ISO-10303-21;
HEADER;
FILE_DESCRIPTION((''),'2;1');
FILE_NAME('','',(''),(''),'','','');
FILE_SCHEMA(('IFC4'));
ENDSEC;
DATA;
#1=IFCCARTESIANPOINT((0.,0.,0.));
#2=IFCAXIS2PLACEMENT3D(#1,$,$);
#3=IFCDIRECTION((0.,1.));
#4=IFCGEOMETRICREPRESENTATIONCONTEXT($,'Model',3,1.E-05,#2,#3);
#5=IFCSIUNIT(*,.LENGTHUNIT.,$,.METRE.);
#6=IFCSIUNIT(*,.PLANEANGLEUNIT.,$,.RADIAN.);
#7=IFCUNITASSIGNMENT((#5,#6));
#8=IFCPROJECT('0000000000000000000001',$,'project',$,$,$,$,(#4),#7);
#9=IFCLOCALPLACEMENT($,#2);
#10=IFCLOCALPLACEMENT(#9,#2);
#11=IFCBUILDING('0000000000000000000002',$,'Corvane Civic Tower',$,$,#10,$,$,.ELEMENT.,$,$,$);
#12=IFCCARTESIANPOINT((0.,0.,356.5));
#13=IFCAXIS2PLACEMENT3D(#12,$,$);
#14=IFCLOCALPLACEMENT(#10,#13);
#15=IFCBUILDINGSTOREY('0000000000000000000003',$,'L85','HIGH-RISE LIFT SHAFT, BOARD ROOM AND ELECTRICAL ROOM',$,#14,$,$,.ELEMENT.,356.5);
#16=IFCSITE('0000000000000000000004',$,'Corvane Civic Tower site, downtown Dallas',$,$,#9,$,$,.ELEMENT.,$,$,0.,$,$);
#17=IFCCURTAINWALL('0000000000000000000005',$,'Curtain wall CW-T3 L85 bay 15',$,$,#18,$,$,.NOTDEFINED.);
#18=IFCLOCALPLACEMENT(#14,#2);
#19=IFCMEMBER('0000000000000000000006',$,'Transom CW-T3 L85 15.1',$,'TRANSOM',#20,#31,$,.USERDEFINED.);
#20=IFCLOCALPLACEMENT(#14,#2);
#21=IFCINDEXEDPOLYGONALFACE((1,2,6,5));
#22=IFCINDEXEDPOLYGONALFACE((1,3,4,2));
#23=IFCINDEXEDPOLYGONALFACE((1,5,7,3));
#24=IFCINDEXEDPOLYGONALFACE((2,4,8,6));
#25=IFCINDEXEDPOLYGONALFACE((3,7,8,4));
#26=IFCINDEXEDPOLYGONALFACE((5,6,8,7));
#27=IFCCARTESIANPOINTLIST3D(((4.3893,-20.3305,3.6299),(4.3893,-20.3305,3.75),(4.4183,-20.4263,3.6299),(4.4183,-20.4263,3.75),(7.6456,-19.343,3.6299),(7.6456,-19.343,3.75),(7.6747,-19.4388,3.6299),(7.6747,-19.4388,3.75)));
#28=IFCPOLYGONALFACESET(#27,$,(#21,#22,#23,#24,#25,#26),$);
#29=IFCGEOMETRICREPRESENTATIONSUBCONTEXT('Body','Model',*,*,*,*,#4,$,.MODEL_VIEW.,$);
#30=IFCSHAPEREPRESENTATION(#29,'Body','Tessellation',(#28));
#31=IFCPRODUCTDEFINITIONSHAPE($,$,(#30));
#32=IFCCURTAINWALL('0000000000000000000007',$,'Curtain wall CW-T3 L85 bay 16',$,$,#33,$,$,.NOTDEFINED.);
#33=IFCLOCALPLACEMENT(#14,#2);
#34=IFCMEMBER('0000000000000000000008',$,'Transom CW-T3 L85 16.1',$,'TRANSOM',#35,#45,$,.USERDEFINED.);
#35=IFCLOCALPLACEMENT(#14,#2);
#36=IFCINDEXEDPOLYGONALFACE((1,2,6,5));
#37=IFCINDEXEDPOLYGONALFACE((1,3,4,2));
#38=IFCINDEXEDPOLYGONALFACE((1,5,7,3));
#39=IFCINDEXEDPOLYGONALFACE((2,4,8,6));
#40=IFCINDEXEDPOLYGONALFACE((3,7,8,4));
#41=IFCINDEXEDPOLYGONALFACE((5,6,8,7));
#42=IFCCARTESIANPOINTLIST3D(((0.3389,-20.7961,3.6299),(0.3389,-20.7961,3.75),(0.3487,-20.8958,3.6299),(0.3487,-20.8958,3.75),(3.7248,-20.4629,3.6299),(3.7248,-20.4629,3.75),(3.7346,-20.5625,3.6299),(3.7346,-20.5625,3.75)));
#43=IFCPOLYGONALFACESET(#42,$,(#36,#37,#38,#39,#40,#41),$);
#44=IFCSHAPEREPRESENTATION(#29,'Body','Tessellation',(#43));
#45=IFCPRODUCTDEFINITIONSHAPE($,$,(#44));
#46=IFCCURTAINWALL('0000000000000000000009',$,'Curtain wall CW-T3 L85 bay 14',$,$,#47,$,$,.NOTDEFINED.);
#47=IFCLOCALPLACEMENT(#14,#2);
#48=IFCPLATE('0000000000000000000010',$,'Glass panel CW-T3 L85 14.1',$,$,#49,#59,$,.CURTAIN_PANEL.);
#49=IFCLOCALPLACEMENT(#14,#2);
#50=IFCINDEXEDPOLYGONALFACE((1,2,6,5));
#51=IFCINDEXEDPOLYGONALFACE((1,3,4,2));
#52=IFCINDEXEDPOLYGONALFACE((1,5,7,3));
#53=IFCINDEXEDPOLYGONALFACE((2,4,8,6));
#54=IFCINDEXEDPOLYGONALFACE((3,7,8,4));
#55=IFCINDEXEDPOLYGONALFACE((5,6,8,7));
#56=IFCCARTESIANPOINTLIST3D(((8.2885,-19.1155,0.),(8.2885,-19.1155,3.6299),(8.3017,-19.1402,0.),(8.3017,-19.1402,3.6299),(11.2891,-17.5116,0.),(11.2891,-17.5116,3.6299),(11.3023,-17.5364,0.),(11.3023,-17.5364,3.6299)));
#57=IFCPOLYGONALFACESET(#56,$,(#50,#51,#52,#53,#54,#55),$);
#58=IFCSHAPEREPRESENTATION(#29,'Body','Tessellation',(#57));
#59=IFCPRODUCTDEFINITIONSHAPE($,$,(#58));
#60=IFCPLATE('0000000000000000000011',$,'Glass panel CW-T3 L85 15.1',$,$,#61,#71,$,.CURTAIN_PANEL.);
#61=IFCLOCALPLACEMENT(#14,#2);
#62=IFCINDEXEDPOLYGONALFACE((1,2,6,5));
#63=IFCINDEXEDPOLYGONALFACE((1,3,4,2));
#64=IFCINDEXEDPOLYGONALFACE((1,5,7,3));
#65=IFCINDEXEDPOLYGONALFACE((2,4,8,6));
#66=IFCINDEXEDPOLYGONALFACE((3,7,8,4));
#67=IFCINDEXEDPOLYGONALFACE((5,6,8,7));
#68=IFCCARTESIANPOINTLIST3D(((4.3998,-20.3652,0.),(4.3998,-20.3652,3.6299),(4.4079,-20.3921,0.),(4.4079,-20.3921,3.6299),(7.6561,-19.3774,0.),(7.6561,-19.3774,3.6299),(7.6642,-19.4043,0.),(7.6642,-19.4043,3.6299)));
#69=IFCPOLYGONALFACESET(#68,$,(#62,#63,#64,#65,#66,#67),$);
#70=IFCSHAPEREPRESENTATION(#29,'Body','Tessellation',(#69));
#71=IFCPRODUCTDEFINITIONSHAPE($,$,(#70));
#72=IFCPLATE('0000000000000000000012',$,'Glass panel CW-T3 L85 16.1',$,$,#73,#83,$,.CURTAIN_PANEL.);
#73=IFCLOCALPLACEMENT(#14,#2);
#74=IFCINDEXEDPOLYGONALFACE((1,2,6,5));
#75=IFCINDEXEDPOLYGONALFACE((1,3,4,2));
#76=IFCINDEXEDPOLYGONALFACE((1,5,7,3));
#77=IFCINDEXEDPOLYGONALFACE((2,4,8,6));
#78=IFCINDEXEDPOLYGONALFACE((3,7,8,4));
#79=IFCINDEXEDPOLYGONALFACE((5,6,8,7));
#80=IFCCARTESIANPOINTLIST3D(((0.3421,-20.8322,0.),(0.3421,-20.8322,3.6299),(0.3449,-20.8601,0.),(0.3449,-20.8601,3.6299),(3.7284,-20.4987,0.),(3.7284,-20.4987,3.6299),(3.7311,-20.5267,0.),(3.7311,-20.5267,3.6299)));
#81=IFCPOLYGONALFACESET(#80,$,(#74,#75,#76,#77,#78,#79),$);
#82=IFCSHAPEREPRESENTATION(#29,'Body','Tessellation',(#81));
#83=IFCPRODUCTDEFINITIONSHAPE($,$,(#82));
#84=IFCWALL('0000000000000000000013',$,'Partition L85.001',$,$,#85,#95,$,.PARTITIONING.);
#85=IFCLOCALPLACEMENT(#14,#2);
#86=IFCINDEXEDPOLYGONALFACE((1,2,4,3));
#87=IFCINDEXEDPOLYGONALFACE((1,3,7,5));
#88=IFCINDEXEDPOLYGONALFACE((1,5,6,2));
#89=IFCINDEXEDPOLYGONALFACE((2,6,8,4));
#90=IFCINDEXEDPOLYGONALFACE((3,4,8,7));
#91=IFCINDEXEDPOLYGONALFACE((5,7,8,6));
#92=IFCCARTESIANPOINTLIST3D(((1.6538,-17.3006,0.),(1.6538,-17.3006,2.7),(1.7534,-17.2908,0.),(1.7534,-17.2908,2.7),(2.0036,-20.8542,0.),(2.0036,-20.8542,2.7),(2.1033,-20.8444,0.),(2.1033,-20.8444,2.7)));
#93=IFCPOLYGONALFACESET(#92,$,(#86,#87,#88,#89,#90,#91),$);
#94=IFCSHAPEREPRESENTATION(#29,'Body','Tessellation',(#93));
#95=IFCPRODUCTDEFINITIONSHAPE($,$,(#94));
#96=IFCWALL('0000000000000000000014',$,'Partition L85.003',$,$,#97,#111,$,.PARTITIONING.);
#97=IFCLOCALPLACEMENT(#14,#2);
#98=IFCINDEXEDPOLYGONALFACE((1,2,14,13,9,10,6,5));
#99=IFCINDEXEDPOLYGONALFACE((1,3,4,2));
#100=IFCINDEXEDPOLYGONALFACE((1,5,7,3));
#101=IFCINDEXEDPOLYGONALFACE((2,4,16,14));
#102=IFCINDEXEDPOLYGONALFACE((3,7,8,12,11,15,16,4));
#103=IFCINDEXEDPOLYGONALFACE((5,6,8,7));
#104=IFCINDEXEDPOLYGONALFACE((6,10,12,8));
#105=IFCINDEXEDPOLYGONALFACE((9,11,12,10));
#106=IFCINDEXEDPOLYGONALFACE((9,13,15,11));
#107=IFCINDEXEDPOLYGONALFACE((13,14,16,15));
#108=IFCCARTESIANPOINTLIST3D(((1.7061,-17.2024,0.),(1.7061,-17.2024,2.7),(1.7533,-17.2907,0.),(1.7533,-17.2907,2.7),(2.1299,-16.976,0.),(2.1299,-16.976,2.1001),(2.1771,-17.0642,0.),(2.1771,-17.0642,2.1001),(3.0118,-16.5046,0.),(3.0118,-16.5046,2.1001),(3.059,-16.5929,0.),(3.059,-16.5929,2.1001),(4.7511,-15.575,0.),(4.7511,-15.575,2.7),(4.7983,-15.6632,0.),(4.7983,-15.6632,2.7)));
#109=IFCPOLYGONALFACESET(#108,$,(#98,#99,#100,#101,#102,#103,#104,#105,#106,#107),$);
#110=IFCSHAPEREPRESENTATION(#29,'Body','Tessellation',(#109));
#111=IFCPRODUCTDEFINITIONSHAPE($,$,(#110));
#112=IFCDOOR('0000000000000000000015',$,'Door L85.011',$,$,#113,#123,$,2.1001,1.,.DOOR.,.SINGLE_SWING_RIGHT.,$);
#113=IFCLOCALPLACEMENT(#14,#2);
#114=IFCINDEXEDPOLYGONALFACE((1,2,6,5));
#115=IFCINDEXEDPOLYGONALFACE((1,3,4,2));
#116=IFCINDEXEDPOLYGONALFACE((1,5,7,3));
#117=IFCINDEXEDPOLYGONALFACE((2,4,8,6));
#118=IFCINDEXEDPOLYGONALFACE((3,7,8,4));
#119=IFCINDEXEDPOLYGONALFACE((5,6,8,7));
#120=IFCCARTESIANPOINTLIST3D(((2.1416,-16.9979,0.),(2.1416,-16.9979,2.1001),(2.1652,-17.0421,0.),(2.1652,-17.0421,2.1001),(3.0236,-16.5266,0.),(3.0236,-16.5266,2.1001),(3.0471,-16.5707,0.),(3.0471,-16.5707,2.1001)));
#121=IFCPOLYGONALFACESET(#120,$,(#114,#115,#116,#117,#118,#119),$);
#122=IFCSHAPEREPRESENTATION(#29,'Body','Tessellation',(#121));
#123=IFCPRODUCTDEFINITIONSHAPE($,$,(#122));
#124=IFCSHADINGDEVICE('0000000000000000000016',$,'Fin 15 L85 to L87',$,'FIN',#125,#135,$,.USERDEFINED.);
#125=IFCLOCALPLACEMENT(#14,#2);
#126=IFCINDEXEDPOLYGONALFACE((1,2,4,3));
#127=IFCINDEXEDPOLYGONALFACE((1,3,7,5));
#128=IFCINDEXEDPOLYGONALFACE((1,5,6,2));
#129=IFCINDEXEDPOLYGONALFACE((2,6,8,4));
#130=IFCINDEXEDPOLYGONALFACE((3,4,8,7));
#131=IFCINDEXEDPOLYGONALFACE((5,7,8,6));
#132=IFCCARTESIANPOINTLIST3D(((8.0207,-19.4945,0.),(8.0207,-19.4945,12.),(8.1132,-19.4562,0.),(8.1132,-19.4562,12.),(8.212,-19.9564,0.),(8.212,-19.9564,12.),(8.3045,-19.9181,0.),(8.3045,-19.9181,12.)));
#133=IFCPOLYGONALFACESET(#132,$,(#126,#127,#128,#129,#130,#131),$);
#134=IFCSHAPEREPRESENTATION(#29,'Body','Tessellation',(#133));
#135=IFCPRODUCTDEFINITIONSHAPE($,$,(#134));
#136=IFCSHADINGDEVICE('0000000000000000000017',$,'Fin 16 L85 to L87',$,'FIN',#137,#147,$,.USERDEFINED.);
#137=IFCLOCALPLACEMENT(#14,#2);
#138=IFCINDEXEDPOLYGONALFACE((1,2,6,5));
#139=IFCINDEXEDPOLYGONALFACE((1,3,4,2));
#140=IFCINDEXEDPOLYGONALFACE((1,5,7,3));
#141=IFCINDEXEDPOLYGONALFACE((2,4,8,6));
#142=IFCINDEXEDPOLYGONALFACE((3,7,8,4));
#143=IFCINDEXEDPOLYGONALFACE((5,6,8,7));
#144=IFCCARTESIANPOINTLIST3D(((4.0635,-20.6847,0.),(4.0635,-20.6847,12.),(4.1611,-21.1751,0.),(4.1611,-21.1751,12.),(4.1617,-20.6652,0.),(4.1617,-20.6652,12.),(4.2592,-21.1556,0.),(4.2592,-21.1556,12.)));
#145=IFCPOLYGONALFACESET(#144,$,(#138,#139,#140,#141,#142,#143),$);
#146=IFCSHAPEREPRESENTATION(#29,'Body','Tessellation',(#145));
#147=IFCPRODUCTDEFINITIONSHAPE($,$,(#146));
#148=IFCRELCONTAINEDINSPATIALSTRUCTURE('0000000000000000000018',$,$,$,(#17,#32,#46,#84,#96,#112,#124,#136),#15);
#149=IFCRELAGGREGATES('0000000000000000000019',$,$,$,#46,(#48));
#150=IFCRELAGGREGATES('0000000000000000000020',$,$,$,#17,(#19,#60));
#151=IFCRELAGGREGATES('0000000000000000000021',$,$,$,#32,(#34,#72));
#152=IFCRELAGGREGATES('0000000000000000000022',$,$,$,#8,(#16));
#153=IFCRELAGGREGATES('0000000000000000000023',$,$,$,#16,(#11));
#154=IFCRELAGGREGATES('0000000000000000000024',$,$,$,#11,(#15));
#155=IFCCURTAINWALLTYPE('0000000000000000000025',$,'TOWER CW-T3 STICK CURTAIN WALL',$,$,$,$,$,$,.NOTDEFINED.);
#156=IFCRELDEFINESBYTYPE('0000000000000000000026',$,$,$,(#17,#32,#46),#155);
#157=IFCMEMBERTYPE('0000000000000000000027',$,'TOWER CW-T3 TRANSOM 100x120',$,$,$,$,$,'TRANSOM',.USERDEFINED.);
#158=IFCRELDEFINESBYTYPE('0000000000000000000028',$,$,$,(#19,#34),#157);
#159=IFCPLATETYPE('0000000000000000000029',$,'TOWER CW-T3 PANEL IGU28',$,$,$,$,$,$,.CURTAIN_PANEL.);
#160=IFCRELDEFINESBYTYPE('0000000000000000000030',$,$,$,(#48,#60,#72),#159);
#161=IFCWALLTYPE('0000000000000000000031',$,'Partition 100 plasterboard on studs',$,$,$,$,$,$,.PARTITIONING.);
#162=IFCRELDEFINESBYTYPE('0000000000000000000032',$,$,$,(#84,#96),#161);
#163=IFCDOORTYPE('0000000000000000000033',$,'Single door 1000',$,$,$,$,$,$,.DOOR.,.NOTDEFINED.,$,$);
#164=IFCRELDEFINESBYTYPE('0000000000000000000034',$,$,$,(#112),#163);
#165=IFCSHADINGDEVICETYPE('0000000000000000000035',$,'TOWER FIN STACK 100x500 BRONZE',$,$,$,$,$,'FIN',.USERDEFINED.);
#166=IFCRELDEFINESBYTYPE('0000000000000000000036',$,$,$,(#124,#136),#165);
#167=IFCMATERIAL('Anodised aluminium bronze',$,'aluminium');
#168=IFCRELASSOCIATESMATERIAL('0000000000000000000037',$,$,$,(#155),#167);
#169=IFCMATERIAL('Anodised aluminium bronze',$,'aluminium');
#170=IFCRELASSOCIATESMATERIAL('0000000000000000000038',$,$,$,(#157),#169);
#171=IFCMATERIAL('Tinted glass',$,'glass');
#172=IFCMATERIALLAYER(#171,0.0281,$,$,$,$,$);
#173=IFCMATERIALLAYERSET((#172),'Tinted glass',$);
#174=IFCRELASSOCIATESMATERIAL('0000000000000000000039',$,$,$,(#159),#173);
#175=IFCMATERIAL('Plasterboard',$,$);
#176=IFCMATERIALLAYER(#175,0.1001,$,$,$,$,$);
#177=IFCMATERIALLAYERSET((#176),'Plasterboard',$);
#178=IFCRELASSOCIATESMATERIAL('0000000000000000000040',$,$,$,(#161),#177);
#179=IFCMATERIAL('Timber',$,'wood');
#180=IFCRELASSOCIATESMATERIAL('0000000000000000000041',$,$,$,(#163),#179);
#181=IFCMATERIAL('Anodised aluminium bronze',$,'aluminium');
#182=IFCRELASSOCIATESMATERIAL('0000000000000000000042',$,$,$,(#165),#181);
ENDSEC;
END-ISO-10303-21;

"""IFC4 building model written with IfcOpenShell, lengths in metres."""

from ifc_helpers import new_model, si_unit, direction, frame, frame_2d, origin, origin_2d, place, context, subcontext, project, spatial, rectangle, extrude, material, layer, layer_set, material_profile, profile_set, type_object, element, fill, aggregate, save


model = new_model("IFC4")

# Units and contexts
model_context = context("Model", 3, precision=1e-05, world=origin(), true_north=direction((0.0, 1.0)))
body_context = subcontext(model_context, "Body", "Model", "MODEL_VIEW")
ifc_project = project(units=[si_unit("LENGTHUNIT", "METRE"), si_unit("PLANEANGLEUNIT", "RADIAN")], contexts=[model_context])

# Site, building, storey
site_placement = place(None, origin())
site = spatial("IfcSite", under=ifc_project, at=site_placement, Name="Corvane Civic Tower site, downtown Dallas", CompositionType="ELEMENT", RefElevation=0.0)
building_placement = place(site_placement, origin())
building = spatial("IfcBuilding", under=site, at=building_placement, Name="Corvane Civic Tower", CompositionType="ELEMENT")
storey_placement = place(building_placement, frame((0.0, 0.0, 356.5)))
storey = spatial("IfcBuildingStorey", under=building, at=storey_placement, Name="L85", Description="HIGH-RISE LIFT SHAFT, BOARD ROOM AND ELECTRICAL ROOM", CompositionType="ELEMENT", Elevation=356.5)

# Curtain walls, members
ifc_material_1 = material(Name="Anodised aluminium bronze", Category="aluminium")
curtain_wall_type = type_object("IfcCurtainWallType", Name="TOWER CW-T3 STICK CURTAIN WALL", PredefinedType="NOTDEFINED", material=ifc_material_1)
curtain_wall_1_placement = place(storey_placement, origin())
curtain_wall_1 = element("IfcCurtainWall", 1, at=curtain_wall_1_placement, inside=storey, type_object=curtain_wall_type, Name="Curtain wall CW-T3 L85 bay 15", PredefinedType="NOTDEFINED")
ifc_material_2 = material(Name="Anodised aluminium bronze", Category="aluminium")
ifc_material_profile_1 = material_profile(ifc_material_2, rectangle(XDim=0.1001, YDim=0.1201, at=origin_2d()), Name="TOWER CW-T3 TRANSOM 100x120")
ifc_profile_set_1 = profile_set([ifc_material_profile_1], Name="Anodised aluminium bronze")
member_type = type_object("IfcMemberType", Name="TOWER CW-T3 TRANSOM 100x120", ElementType="TRANSOM", PredefinedType="USERDEFINED", material=ifc_profile_set_1)
member_1_placement = place(storey_placement, frame((7.6602, -19.3909, 3.6899), z_axis=(-0.956961, -0.290216, 0.0), x_axis=(0.290216, -0.956961, 0.0)))
member_1 = element("IfcMember", 2, at=member_1_placement, type_object=member_type, Name="Transom CW-T3 L85 15.1", ObjectType="TRANSOM", PredefinedType="USERDEFINED", context=body_context, shape_type="SweptSolid", body=[
    extrude(rectangle(XDim=0.1001, YDim=0.1201, at=origin_2d()), origin(), (0.0, 0.0, 1.0), 3.4028),
])
curtain_wall_2_placement = place(storey_placement, origin())
curtain_wall_2 = element("IfcCurtainWall", 3, at=curtain_wall_2_placement, inside=storey, type_object=curtain_wall_type, Name="Curtain wall CW-T3 L85 bay 16", PredefinedType="NOTDEFINED")
member_2_placement = place(storey_placement, frame((3.7297, -20.5127, 3.6899), z_axis=(-0.995192, -0.097948, 0.0), x_axis=(0.097948, -0.995192, 0.0)))
member_2 = element("IfcMember", 4, at=member_2_placement, type_object=member_type, Name="Transom CW-T3 L85 16.1", ObjectType="TRANSOM", PredefinedType="USERDEFINED", context=body_context, shape_type="SweptSolid", body=[
    extrude(rectangle(XDim=0.1001, YDim=0.1201, at=origin_2d()), origin(), (0.0, 0.0, 1.0), 3.4023),
])

# Curtain wall, plate
curtain_wall_3_placement = place(storey_placement, origin())
curtain_wall_3 = element("IfcCurtainWall", 5, at=curtain_wall_3_placement, inside=storey, type_object=curtain_wall_type, Name="Curtain wall CW-T3 L85 bay 14", PredefinedType="NOTDEFINED")
ifc_material_3 = material(Name="Tinted glass", Category="glass")
ifc_layer_1 = layer(ifc_material_3, 0.0281)
ifc_layer_set_1 = layer_set([ifc_layer_1], Name="Tinted glass")
plate_type = type_object("IfcPlateType", Name="TOWER CW-T3 PANEL IGU28", PredefinedType="CURTAIN_PANEL", material=ifc_layer_set_1)
plate_1_placement = place(storey_placement, frame((9.7954, -18.3259, 0.0), z_axis=(0.0, 0.0, 1.0), x_axis=(-0.881928, -0.471384, 0.0)))
plate_1 = element("IfcPlate", 6, at=plate_1_placement, type_object=plate_type, Name="Glass panel CW-T3 L85 14.1", PredefinedType="CURTAIN_PANEL", context=body_context, shape_type="SweptSolid", body=[
    extrude(rectangle(XDim=3.4023, YDim=0.0281, at=origin_2d()), origin(), (0.0, 0.0, 1.0), 3.6299),
])
aggregate(curtain_wall_3, [plate_1])

# Plates
plate_2_placement = place(storey_placement, frame((6.032, -19.8848, 0.0), z_axis=(0.0, 0.0, 1.0), x_axis=(-0.956939, -0.29029, 0.0)))
plate_2 = element("IfcPlate", 7, at=plate_2_placement, type_object=plate_type, Name="Glass panel CW-T3 L85 15.1", PredefinedType="CURTAIN_PANEL", context=body_context, shape_type="SweptSolid", body=[
    extrude(rectangle(XDim=3.4028, YDim=0.0281, at=origin_2d()), origin(), (0.0, 0.0, 1.0), 3.6299),
])
aggregate(curtain_wall_1, [member_1, plate_2])
plate_3_placement = place(storey_placement, frame((2.0366, -20.6794, 0.0), z_axis=(0.0, 0.0, 1.0), x_axis=(-0.995187, -0.097998, 0.0)))
plate_3 = element("IfcPlate", 8, at=plate_3_placement, type_object=plate_type, Name="Glass panel CW-T3 L85 16.1", PredefinedType="CURTAIN_PANEL", context=body_context, shape_type="SweptSolid", body=[
    extrude(rectangle(XDim=3.4026, YDim=0.0281, at=origin_2d()), origin(), (0.0, 0.0, 1.0), 3.6299),
])
aggregate(curtain_wall_2, [member_2, plate_3])

# Wall
ifc_material_4 = material(Name="Plasterboard")
ifc_layer_2 = layer(ifc_material_4, 0.1001)
ifc_layer_set_2 = layer_set([ifc_layer_2], Name="Plasterboard")
wall_type = type_object("IfcWallType", Name="Partition 100 plasterboard on studs", PredefinedType="PARTITIONING", material=ifc_layer_set_2)
wall_1_placement = place(storey_placement, frame((1.7036, -17.2957, 0.0), z_axis=(0.0, 0.0, 1.0), x_axis=(0.097974, -0.995189, 0.0)))
element("IfcWall", 9, at=wall_1_placement, inside=storey, type_object=wall_type, Name="Partition L85.001", PredefinedType="PARTITIONING", context=body_context, shape_type="SweptSolid", body=[
    extrude(rectangle(XDim=3.5708, YDim=0.1001, at=frame_2d((1.7854, 0.0))), origin(), (0.0, 0.0, 1.0), 2.7),
])

# Wall, opening, door
wall_2_placement = place(storey_placement, frame((1.7297, -17.2466, 0.0), z_axis=(0.0, 0.0, 1.0), x_axis=(0.881934, 0.471373, 0.0)))
wall_2 = element("IfcWall", 10, at=wall_2_placement, inside=storey, type_object=wall_type, Name="Partition L85.003", PredefinedType="PARTITIONING", context=body_context, shape_type="SweptSolid", body=[
    extrude(rectangle(XDim=3.4526, YDim=0.1001, at=frame_2d((1.7263, 0.0))), origin(), (0.0, 0.0, 1.0), 2.7),
])
opening_placement = place(wall_2_placement, frame((0.4805, 0.0, 0.0)))
opening = element("IfcOpeningElement", 11, at=opening_placement, cuts=wall_2, PredefinedType="OPENING", context=body_context, shape_type="SweptSolid", body=[
    extrude(rectangle(XDim=1.0, YDim=2.1001, at=frame_2d((0.5, 1.05))), frame((0.0, 0.0601, 0.0), z_axis=(0.0, -1.0, 0.0), x_axis=(1.0, 0.0, 0.0)), (0.0, 0.0, 1.0), 0.1201),
])
ifc_material_5 = material(Name="Timber", Category="wood")
door_type = type_object("IfcDoorType", Name="Single door 1000", OperationType="NOTDEFINED", PredefinedType="DOOR", material=ifc_material_5)
door_placement = place(opening_placement, frame((1.0, 0.0, 0.0), z_axis=(0.0, 0.0, 1.0), x_axis=(-1.0, 0.0, 0.0)))
door = element("IfcDoor", 12, at=door_placement, inside=storey, type_object=door_type, Name="Door L85.011", OperationType="SINGLE_SWING_RIGHT", OverallHeight=2.1001, OverallWidth=1.0, PredefinedType="DOOR", context=body_context, shape_type="SweptSolid", body=[
    extrude(rectangle(XDim=1.0, YDim=2.1001, at=frame_2d((0.5, 1.05))), frame((0.0, 0.0249, 0.0), z_axis=(0.0, -1.0, 0.0), x_axis=(1.0, 0.0, 0.0)), (0.0, 0.0, 1.0), 0.05),
])
fill(opening, door)

# Shading devices
ifc_material_6 = material(Name="Anodised aluminium bronze", Category="aluminium")
ifc_material_profile_2 = material_profile(ifc_material_6, rectangle(XDim=0.1001, YDim=0.5, at=origin_2d()), Name="TOWER FIN STACK 100x500 BRONZE")
ifc_profile_set_2 = profile_set([ifc_material_profile_2], Name="Anodised aluminium bronze")
shading_device_type = type_object("IfcShadingDeviceType", Name="TOWER FIN STACK 100x500 BRONZE", ElementType="FIN", PredefinedType="USERDEFINED", material=ifc_profile_set_2)
for number, where, z_axis, x_axis, name in (
    (13, (8.1626, -19.7063, 0.0), (0.0, 0.0, 1.0), (-0.92388, -0.382683, 0.0), "Fin 15 L85 to L87"),
    (14, (4.1614, -20.9202, 0.0), (0.0, 0.0, 1.0), (-0.980785, -0.19509, 0.0), "Fin 16 L85 to L87"),
):
    element("IfcShadingDevice", number, at=place(storey_placement, frame(where, z_axis=z_axis, x_axis=x_axis)), inside=storey, type_object=shading_device_type, Name=name, ObjectType="FIN", PredefinedType="USERDEFINED", context=body_context, shape_type="SweptSolid", body=[
        extrude(rectangle(XDim=0.1001, YDim=0.5, at=origin_2d()), origin(), (0.0, 0.0, 1.0), 12.0),
    ])

save(model, "model.ifc")
